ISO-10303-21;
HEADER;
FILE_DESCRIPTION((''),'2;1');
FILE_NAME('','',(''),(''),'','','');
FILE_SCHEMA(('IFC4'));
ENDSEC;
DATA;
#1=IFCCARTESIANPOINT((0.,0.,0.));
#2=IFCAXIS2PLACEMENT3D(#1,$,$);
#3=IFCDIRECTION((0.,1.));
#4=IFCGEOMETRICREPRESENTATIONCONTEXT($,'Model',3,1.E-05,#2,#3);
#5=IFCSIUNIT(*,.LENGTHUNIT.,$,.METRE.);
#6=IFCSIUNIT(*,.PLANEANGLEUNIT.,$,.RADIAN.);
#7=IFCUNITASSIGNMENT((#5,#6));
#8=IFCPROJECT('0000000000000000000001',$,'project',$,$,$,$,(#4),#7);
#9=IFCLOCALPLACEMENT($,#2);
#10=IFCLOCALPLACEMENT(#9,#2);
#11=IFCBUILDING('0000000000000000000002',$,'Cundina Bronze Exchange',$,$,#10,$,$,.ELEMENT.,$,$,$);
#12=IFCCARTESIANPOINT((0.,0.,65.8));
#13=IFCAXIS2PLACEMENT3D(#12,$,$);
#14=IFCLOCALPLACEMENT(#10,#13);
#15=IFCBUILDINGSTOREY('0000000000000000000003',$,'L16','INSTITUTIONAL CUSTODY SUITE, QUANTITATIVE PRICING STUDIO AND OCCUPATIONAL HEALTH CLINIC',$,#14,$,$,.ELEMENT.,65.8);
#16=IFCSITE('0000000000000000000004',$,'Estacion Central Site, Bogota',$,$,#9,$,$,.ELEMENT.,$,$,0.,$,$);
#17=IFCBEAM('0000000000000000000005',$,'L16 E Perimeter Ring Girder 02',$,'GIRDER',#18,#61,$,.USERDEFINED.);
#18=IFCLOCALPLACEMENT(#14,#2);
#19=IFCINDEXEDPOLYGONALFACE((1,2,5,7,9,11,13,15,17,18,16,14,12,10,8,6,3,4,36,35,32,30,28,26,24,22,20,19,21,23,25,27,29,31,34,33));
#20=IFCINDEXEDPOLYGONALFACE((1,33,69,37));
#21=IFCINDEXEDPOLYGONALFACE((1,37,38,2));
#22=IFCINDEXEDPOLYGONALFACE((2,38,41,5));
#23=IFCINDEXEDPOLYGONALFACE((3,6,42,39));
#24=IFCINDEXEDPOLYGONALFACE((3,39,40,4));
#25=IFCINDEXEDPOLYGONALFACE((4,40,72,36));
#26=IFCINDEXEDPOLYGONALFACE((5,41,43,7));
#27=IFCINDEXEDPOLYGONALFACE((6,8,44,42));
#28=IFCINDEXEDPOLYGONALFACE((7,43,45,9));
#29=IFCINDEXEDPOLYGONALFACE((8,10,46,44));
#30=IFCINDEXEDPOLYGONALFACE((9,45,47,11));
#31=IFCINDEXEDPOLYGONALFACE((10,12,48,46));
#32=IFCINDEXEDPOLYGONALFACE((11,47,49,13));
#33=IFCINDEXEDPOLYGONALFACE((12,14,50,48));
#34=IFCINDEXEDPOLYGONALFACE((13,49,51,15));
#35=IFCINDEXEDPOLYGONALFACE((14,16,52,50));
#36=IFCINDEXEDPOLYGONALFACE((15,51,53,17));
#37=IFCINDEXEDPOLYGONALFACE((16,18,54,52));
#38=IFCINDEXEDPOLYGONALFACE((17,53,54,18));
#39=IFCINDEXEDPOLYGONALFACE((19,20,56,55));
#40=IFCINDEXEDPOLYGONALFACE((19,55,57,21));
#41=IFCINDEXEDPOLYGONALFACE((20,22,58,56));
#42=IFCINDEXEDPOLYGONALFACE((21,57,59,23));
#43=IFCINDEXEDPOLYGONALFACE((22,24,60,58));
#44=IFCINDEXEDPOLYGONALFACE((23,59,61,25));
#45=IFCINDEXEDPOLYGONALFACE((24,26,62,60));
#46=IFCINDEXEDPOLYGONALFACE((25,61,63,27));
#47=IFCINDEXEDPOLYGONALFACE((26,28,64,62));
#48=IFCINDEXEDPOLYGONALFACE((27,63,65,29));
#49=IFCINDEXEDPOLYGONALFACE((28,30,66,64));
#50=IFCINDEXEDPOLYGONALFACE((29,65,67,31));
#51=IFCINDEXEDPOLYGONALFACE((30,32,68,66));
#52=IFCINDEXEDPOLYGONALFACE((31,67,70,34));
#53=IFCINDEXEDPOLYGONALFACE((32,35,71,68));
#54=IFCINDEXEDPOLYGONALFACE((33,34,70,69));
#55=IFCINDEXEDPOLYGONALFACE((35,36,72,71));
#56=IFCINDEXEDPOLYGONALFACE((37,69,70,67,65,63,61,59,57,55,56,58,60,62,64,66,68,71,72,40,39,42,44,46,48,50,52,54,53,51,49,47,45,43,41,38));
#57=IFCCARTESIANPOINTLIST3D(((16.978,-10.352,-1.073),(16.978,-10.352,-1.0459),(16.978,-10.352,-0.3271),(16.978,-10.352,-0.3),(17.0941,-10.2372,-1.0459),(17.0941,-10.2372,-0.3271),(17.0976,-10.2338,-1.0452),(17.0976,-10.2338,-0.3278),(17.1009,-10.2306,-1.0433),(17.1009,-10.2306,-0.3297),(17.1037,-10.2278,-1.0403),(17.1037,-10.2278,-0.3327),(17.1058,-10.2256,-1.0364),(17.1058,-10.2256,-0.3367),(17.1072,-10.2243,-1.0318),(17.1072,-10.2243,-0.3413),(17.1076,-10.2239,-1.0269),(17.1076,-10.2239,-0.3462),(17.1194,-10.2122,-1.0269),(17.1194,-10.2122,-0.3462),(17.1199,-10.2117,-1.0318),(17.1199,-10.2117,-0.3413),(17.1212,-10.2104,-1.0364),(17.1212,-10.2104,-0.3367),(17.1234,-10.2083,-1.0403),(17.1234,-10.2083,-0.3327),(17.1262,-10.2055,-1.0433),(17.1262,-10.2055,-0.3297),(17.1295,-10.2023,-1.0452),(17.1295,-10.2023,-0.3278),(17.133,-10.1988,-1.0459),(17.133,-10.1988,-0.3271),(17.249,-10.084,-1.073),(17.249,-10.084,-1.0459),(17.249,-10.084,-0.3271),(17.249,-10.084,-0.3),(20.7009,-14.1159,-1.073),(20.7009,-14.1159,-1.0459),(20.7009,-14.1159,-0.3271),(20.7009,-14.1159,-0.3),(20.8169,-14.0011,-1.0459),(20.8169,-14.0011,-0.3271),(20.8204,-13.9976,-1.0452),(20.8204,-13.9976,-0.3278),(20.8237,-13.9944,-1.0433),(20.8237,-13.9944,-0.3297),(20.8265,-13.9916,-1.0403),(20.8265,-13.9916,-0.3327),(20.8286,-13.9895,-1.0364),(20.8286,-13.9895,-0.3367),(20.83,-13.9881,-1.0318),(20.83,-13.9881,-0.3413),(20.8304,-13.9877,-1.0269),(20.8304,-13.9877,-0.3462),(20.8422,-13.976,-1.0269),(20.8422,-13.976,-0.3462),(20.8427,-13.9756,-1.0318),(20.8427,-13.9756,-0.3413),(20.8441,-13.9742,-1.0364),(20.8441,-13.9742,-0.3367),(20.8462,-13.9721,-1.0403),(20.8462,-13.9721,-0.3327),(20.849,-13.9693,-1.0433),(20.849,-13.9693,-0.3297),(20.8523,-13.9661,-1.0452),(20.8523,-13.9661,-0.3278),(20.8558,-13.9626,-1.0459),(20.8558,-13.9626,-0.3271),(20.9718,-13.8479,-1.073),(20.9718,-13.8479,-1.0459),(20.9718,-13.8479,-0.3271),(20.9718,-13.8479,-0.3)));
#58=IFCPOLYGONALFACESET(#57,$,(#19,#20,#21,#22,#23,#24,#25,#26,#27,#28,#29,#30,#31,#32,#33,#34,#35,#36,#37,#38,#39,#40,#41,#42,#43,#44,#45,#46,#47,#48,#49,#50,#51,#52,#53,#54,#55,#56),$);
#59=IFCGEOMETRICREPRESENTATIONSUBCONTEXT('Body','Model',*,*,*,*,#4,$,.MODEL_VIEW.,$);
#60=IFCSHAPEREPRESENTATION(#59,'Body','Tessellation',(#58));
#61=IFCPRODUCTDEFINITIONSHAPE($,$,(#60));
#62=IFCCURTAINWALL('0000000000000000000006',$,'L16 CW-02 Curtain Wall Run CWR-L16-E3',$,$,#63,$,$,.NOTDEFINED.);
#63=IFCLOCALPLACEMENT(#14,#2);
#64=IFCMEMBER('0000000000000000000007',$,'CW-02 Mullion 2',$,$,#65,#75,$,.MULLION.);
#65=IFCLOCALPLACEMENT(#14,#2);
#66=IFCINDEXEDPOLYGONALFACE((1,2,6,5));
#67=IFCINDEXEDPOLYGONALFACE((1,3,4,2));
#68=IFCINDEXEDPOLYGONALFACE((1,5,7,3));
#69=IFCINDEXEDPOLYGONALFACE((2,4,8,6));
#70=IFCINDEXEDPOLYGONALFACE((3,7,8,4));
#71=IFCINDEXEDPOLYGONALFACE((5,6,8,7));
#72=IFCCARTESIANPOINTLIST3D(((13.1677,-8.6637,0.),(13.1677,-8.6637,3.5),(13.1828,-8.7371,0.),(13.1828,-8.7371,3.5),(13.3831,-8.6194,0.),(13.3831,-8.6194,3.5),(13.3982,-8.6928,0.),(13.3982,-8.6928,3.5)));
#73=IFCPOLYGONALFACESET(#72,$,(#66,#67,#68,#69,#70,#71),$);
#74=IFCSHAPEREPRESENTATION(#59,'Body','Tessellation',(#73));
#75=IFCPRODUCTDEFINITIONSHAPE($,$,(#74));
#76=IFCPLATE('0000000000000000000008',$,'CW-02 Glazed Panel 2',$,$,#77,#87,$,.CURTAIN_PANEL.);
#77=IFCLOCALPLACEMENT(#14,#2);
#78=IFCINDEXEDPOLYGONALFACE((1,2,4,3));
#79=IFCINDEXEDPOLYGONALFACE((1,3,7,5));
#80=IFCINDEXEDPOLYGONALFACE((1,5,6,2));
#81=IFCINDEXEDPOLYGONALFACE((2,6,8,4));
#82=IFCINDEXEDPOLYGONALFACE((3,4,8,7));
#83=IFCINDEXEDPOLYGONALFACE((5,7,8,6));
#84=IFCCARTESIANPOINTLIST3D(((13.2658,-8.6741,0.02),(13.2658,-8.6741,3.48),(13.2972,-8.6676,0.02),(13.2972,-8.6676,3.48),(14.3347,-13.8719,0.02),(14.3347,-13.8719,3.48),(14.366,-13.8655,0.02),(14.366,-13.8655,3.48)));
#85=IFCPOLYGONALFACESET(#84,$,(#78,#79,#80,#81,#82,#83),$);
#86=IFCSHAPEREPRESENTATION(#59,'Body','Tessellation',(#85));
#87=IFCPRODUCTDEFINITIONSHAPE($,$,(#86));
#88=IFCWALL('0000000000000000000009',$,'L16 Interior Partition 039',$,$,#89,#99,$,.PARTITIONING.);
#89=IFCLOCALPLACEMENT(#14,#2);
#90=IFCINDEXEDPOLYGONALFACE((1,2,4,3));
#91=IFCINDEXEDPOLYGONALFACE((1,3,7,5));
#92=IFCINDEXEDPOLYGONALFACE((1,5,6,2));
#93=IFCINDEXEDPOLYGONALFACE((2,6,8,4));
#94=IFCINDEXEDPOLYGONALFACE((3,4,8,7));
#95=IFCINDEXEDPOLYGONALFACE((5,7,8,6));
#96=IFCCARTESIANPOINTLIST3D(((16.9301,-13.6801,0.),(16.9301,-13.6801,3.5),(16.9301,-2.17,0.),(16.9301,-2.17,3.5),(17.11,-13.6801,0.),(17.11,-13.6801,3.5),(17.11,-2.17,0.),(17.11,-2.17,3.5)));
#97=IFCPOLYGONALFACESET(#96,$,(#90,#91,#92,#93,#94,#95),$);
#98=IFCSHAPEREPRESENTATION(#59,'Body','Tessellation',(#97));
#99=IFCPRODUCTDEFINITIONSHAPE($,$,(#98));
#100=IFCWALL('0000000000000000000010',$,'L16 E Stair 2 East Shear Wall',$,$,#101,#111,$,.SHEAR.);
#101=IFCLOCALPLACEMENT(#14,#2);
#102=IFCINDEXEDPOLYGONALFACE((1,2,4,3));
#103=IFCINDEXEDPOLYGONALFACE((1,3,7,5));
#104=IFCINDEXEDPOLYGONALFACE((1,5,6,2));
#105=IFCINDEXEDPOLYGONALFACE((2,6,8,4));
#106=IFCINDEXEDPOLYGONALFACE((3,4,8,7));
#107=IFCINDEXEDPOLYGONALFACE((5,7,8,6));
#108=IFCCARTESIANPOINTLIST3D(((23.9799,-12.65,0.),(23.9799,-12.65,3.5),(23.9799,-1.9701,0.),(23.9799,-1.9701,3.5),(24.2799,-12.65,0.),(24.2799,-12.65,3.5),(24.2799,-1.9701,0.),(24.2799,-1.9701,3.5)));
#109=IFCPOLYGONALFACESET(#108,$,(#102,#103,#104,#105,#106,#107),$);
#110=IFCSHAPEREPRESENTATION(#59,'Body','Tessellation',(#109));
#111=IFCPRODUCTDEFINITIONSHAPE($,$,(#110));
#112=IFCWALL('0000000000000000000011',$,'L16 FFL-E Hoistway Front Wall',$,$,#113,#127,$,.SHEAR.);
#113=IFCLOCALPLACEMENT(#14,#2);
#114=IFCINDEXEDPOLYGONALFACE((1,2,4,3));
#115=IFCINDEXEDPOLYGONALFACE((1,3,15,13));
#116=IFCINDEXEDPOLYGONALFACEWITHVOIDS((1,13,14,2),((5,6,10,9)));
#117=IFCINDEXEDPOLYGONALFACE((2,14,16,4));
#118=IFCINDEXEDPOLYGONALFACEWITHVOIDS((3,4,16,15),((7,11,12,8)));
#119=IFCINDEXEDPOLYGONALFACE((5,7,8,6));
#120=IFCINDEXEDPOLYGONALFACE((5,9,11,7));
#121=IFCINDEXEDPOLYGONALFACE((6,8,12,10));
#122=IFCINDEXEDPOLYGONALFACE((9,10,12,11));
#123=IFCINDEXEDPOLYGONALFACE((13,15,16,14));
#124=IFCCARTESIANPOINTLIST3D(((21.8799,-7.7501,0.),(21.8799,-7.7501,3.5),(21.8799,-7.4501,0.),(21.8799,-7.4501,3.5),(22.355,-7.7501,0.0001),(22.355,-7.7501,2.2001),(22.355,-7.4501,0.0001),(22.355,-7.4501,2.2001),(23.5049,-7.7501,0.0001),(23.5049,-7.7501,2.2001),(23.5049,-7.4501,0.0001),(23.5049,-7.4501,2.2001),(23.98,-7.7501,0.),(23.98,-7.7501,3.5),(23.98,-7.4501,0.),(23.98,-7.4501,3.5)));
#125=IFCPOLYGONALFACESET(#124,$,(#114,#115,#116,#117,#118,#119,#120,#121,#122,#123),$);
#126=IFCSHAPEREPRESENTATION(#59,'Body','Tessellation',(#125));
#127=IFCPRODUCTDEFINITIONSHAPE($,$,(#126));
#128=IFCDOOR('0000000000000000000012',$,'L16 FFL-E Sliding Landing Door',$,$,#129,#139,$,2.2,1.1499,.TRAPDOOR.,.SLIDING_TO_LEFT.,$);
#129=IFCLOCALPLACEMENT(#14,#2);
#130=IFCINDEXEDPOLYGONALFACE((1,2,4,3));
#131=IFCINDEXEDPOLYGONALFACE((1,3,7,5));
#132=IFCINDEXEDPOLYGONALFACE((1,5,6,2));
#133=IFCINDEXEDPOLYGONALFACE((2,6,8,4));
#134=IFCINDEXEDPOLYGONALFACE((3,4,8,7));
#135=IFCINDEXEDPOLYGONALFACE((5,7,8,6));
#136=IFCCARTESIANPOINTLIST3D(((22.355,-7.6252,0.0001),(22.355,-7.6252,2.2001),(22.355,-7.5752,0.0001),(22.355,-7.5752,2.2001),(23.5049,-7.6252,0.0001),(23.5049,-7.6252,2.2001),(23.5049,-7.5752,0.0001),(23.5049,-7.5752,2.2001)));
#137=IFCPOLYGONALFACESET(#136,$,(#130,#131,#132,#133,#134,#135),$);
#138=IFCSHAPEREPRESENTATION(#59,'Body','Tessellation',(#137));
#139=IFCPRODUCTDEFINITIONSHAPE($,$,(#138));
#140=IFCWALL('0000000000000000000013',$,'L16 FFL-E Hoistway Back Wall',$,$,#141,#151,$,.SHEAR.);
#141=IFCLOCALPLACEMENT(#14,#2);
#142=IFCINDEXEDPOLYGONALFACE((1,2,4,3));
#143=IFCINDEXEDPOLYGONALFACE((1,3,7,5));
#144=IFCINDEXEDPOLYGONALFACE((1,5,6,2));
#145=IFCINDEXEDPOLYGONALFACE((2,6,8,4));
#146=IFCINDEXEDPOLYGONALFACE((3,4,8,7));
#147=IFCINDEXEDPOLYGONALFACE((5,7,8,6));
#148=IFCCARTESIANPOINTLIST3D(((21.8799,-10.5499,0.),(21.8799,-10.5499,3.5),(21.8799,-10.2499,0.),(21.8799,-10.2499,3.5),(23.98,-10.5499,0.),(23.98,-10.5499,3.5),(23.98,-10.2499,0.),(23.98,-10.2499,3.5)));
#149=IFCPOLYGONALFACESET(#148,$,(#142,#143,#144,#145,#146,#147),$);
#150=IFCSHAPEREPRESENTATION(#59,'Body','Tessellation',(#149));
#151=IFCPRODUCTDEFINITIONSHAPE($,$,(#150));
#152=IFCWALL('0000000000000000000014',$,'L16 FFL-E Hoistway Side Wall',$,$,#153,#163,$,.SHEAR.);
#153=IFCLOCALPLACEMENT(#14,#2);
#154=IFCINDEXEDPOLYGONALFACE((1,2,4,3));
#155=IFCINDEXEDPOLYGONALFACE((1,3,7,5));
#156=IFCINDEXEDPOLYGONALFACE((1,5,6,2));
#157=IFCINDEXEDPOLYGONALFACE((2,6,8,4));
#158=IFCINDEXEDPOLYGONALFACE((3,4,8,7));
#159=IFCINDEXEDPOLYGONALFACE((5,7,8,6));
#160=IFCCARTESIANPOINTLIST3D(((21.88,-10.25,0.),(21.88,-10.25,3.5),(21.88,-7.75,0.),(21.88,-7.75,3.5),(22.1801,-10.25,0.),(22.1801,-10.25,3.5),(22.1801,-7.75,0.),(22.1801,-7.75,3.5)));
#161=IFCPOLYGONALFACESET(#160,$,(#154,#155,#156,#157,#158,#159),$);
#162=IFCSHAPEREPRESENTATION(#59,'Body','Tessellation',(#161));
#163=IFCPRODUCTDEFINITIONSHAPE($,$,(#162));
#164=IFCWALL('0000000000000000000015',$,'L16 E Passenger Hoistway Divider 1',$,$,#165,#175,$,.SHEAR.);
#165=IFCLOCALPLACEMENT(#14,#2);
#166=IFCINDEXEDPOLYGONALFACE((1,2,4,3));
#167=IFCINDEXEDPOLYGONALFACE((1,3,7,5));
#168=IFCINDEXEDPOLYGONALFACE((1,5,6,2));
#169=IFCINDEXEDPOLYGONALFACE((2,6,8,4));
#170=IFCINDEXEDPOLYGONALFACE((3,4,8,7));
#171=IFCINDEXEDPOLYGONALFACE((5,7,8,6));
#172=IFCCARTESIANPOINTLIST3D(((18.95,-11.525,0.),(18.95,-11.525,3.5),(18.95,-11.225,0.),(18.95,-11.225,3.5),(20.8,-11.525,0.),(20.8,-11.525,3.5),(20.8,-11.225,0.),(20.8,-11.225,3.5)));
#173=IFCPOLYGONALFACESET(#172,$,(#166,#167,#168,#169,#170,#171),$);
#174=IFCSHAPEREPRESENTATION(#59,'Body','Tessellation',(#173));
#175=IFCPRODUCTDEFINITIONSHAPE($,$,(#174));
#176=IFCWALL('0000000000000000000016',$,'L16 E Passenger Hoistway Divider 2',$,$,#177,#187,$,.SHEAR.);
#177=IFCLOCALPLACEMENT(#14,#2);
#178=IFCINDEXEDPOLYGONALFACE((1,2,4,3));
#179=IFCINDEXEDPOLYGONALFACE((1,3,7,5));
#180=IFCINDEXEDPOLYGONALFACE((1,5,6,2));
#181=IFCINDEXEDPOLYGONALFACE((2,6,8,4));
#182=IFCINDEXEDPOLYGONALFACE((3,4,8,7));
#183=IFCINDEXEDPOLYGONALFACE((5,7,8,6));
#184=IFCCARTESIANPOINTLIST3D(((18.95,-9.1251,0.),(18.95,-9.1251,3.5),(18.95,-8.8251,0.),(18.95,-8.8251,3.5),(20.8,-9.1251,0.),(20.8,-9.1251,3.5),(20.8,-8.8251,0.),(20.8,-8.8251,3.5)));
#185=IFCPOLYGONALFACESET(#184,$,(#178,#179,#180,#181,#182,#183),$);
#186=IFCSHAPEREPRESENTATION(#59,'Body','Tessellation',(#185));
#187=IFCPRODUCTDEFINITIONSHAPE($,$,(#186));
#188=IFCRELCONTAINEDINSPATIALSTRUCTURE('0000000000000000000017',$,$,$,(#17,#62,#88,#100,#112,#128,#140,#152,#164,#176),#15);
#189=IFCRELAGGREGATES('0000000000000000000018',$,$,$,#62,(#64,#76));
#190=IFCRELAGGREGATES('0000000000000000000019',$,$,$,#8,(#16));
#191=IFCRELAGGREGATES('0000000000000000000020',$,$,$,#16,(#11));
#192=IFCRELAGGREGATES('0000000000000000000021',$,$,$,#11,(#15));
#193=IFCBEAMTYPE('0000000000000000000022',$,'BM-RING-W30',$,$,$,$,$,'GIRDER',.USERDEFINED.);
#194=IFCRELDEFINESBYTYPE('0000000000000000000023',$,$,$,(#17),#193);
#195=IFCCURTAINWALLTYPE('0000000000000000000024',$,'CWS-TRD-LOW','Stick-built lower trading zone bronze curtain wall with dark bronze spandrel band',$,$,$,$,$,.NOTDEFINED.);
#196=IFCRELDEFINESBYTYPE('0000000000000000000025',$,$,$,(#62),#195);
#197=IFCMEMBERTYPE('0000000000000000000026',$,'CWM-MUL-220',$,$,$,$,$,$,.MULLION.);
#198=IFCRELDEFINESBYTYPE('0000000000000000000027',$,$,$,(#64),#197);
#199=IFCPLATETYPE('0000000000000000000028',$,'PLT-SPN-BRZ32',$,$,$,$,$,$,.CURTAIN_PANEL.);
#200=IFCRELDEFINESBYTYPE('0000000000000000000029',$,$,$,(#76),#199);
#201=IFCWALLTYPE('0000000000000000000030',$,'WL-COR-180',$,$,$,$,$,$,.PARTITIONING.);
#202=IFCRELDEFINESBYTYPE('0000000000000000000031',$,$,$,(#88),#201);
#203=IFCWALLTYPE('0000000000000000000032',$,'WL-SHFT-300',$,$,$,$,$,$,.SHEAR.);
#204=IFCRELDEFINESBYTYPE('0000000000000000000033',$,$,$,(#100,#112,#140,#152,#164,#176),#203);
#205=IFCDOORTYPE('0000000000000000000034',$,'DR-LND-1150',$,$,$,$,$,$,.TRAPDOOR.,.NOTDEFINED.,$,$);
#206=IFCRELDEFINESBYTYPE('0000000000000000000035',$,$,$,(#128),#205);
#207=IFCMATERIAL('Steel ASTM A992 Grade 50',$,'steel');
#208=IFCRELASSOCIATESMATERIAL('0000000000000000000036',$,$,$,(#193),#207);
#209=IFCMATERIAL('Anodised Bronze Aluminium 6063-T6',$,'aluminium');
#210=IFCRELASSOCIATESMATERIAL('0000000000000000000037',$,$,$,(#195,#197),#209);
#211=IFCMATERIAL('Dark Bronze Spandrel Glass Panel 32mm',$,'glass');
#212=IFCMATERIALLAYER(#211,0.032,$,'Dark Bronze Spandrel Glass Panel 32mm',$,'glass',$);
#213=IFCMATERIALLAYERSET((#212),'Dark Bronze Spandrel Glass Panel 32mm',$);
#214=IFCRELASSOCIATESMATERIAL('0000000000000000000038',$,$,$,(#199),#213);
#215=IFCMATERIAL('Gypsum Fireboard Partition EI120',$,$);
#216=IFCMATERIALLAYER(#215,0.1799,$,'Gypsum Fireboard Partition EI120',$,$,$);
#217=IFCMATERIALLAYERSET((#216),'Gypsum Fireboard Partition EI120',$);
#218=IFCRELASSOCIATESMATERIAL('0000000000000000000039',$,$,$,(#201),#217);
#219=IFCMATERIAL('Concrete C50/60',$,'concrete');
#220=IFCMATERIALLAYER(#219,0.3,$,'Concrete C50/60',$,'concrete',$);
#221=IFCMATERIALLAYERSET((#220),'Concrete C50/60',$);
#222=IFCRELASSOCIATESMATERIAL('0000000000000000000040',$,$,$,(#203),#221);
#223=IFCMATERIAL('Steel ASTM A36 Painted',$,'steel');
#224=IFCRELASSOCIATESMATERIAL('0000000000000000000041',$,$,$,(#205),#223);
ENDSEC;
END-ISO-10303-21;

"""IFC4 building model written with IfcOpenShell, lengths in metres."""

from ifc_helpers import new_model, si_unit, direction, frame, frame_2d, origin, origin_2d, place, context, subcontext, project, spatial, rectangle, i_section, extrude, material, layer, layer_set, material_profile, profile_set, type_object, element, fill, aggregate, save


model = new_model("IFC4")

# Units and contexts
model_context = context("Model", 3, precision=1e-05, world=origin(), true_north=direction((0.0, 1.0)))
body_context = subcontext(model_context, "Body", "Model", "MODEL_VIEW")
ifc_project = project(units=[si_unit("LENGTHUNIT", "METRE"), si_unit("PLANEANGLEUNIT", "RADIAN")], contexts=[model_context])

# Site, building, storey
site_placement = place(None, origin())
site = spatial("IfcSite", under=ifc_project, at=site_placement, Name="Estacion Central Site, Bogota", CompositionType="ELEMENT", RefElevation=0.0)
building_placement = place(site_placement, origin())
building = spatial("IfcBuilding", under=site, at=building_placement, Name="Cundina Bronze Exchange", CompositionType="ELEMENT")
storey_placement = place(building_placement, frame((0.0, 0.0, 65.8)))
storey = spatial("IfcBuildingStorey", under=building, at=storey_placement, Name="L16", Description="INSTITUTIONAL CUSTODY SUITE, QUANTITATIVE PRICING STUDIO AND OCCUPATIONAL HEALTH CLINIC", CompositionType="ELEMENT", Elevation=65.8)

# Beam
ifc_material_1 = material(Name="Steel ASTM A992 Grade 50", Category="steel")
ifc_material_profile_1 = material_profile(ifc_material_1, i_section(OverallWidth=0.3811, OverallDepth=0.7729, WebThickness=0.0166, FlangeThickness=0.0271, FilletRadius=0.019, at=origin_2d()), Name="W30X173", Category="steel")
ifc_profile_set_1 = profile_set([ifc_material_profile_1], Name="Steel ASTM A992 Grade 50")
beam_type_1 = type_object("IfcBeamType", Name="BM-RING-W30", ElementType="GIRDER", PredefinedType="USERDEFINED", material=ifc_profile_set_1)
beam_1_placement = place(storey_placement, frame((17.1135, -10.218, -0.6865), z_axis=(0.703222, -0.71097, 0.0), x_axis=(0.71097, 0.703222, 0.0)))
element("IfcBeam", 1, at=beam_1_placement, inside=storey, type_object=beam_type_1, Name="L16 E Perimeter Ring Girder 02", ObjectType="GIRDER", PredefinedType="USERDEFINED", context=body_context, shape_type="SweptSolid", body=[
    extrude(i_section(OverallWidth=0.3811, OverallDepth=0.7729, WebThickness=0.0166, FlangeThickness=0.0271, FilletRadius=0.019, at=origin_2d()), origin(), (0.0, 0.0, 1.0), 5.2939),
])

# Curtain wall, member, plate
ifc_material_2 = material(Name="Anodised Bronze Aluminium 6063-T6", Category="aluminium")
curtain_wall_type = type_object("IfcCurtainWallType", Name="CWS-TRD-LOW", Description="Stick-built lower trading zone bronze curtain wall with dark bronze spandrel band", PredefinedType="NOTDEFINED", material=ifc_material_2)
curtain_wall_placement = place(storey_placement, origin())
curtain_wall = element("IfcCurtainWall", 2, at=curtain_wall_placement, inside=storey, type_object=curtain_wall_type, Name="L16 CW-02 Curtain Wall Run CWR-L16-E3", PredefinedType="NOTDEFINED")
ifc_material_profile_2 = material_profile(ifc_material_2, rectangle(XDim=0.075, YDim=0.22, at=origin_2d()), Name="AL75X220", Category="aluminium")
ifc_profile_set_2 = profile_set([ifc_material_profile_2], Name="Anodised Bronze Aluminium 6063-T6")
member_type = type_object("IfcMemberType", Name="CWM-MUL-220", PredefinedType="MULLION", material=ifc_profile_set_2)
member_placement = place(storey_placement, frame((13.283, -8.6782, 0.0), z_axis=(0.0, 0.0, 1.0), x_axis=(0.20142, -0.979505, 0.0)))
member = element("IfcMember", 3, at=member_placement, type_object=member_type, Name="CW-02 Mullion 2", PredefinedType="MULLION", context=body_context, shape_type="SweptSolid", body=[
    extrude(rectangle(XDim=0.075, YDim=0.22, at=origin_2d()), origin(), (0.0, 0.0, 1.0), 3.5),
])
ifc_material_3 = material(Name="Dark Bronze Spandrel Glass Panel 32mm", Category="glass")
ifc_layer_1 = layer(ifc_material_3, 0.032, Name="Dark Bronze Spandrel Glass Panel 32mm", Category="glass")
ifc_layer_set_1 = layer_set([ifc_layer_1], Name="Dark Bronze Spandrel Glass Panel 32mm")
plate_type = type_object("IfcPlateType", Name="PLT-SPN-BRZ32", PredefinedType="CURTAIN_PANEL", material=ifc_layer_set_1)
plate_placement = place(storey_placement, frame((13.8159, -11.2698, 0.02), z_axis=(0.0, 0.0, 1.0), x_axis=(0.20142, -0.979505, 0.0)))
plate = element("IfcPlate", 4, at=plate_placement, type_object=plate_type, Name="CW-02 Glazed Panel 2", PredefinedType="CURTAIN_PANEL", context=body_context, shape_type="SweptSolid", body=[
    extrude(rectangle(XDim=5.3066, YDim=0.032, at=origin_2d()), origin(), (0.0, 0.0, 1.0), 3.46),
])
aggregate(curtain_wall, [member, plate])

# Walls
ifc_material_4 = material(Name="Gypsum Fireboard Partition EI120")
ifc_layer_2 = layer(ifc_material_4, 0.1799, Name="Gypsum Fireboard Partition EI120")
ifc_layer_set_2 = layer_set([ifc_layer_2], Name="Gypsum Fireboard Partition EI120")
wall_type_1 = type_object("IfcWallType", Name="WL-COR-180", PredefinedType="PARTITIONING", material=ifc_layer_set_2)
wall_1_placement = place(storey_placement, frame((17.02, -13.6799, 0.0), z_axis=(0.0, 0.0, 1.0), x_axis=(0.0, 1.0, 0.0)))
element("IfcWall", 5, at=wall_1_placement, inside=storey, type_object=wall_type_1, Name="L16 Interior Partition 039", PredefinedType="PARTITIONING", context=body_context, shape_type="SweptSolid", body=[
    extrude(rectangle(XDim=11.51, YDim=0.1799, at=frame_2d((5.7549, 0.0))), origin(), (0.0, 0.0, 1.0), 3.5),
])
ifc_material_5 = material(Name="Concrete C50/60", Category="concrete")
ifc_layer_3 = layer(ifc_material_5, 0.3, Name="Concrete C50/60", Category="concrete")
ifc_layer_set_3 = layer_set([ifc_layer_3], Name="Concrete C50/60")
wall_type_2 = type_object("IfcWallType", Name="WL-SHFT-300", PredefinedType="SHEAR", material=ifc_layer_set_3)
wall_2_placement = place(storey_placement, frame((24.1299, -12.6499, 0.0), z_axis=(0.0, 0.0, 1.0), x_axis=(0.0, 1.0, 0.0)))
element("IfcWall", 6, at=wall_2_placement, inside=storey, type_object=wall_type_2, Name="L16 E Stair 2 East Shear Wall", PredefinedType="SHEAR", context=body_context, shape_type="SweptSolid", body=[
    extrude(rectangle(XDim=10.6799, YDim=0.3, at=frame_2d((5.3398, 0.0))), origin(), (0.0, 0.0, 1.0), 3.5),
])

# Wall, opening, door
ifc_material_6 = material(Name="Steel ASTM A36 Painted", Category="steel")
wall_3_placement = place(storey_placement, frame((21.8799, -7.6001, 0.0), z_axis=(0.0, 0.0, 1.0), x_axis=(1.0, 0.0, 0.0)))
wall_3 = element("IfcWall", 7, at=wall_3_placement, inside=storey, type_object=wall_type_2, Name="L16 FFL-E Hoistway Front Wall", PredefinedType="SHEAR", context=body_context, shape_type="SweptSolid", body=[
    extrude(rectangle(XDim=2.1001, YDim=0.3, at=frame_2d((1.05, 0.0))), origin(), (0.0, 0.0, 1.0), 3.5),
])
opening_1_placement = place(wall_3_placement, frame((0.4751, 0.0, 0.0)))
opening_1 = element("IfcOpeningElement", 8, at=opening_1_placement, cuts=wall_3, PredefinedType="OPENING", context=body_context, shape_type="SweptSolid", body=[
    extrude(rectangle(XDim=1.1499, YDim=2.2, at=frame_2d((0.575, 1.1001))), frame((0.0, 0.1599, 0.0), z_axis=(0.0, -1.0, 0.0), x_axis=(1.0, 0.0, 0.0)), (0.0, 0.0, 1.0), 0.3201),
])
door_type_1 = type_object("IfcDoorType", Name="DR-LND-1150", OperationType="NOTDEFINED", PredefinedType="TRAPDOOR", material=ifc_material_6)
door_1_placement = place(opening_1_placement, origin())
door_1 = element("IfcDoor", 9, at=door_1_placement, inside=storey, type_object=door_type_1, Name="L16 FFL-E Sliding Landing Door", OperationType="SLIDING_TO_LEFT", OverallHeight=2.2, OverallWidth=1.1499, PredefinedType="TRAPDOOR", context=body_context, shape_type="SweptSolid", body=[
    extrude(rectangle(XDim=1.1499, YDim=2.2, at=frame_2d((0.575, 1.1001))), frame((0.0, 0.0249, 0.0), z_axis=(0.0, -1.0, 0.0), x_axis=(1.0, 0.0, 0.0)), (0.0, 0.0, 1.0), 0.05),
])
fill(opening_1, door_1)

# Walls
wall_4_placement = place(storey_placement, frame((21.8799, -10.3999, 0.0), z_axis=(0.0, 0.0, 1.0), x_axis=(1.0, 0.0, 0.0)))
element("IfcWall", 10, at=wall_4_placement, inside=storey, type_object=wall_type_2, Name="L16 FFL-E Hoistway Back Wall", PredefinedType="SHEAR", context=body_context, shape_type="SweptSolid", body=[
    extrude(rectangle(XDim=2.1001, YDim=0.3, at=frame_2d((1.05, 0.0))), origin(), (0.0, 0.0, 1.0), 3.5),
])
wall_5_placement = place(storey_placement, frame((22.03, -10.25, 0.0), z_axis=(0.0, 0.0, 1.0), x_axis=(0.0, 1.0, 0.0)))
element("IfcWall", 11, at=wall_5_placement, inside=storey, type_object=wall_type_2, Name="L16 FFL-E Hoistway Side Wall", PredefinedType="SHEAR", context=body_context, shape_type="SweptSolid", body=[
    extrude(rectangle(XDim=2.5, YDim=0.3, at=frame_2d((1.25, 0.0))), origin(), (0.0, 0.0, 1.0), 3.5),
])
for number, where, z_axis, x_axis, name in (
    (12, (18.95, -11.375, 0.0), (0.0, 0.0, 1.0), (1.0, 0.0, 0.0), "L16 E Passenger Hoistway Divider 1"),
    (13, (18.95, -8.9751, 0.0), (0.0, 0.0, 1.0), (1.0, 0.0, 0.0), "L16 E Passenger Hoistway Divider 2"),
):
    element("IfcWall", number, at=place(storey_placement, frame(where, z_axis=z_axis, x_axis=x_axis)), inside=storey, type_object=wall_type_2, Name=name, PredefinedType="SHEAR", context=body_context, shape_type="SweptSolid", body=[
        extrude(rectangle(XDim=1.8501, YDim=0.3, at=frame_2d((0.925, 0.0))), origin(), (0.0, 0.0, 1.0), 3.5),
    ])

save(model, "model.ifc")
